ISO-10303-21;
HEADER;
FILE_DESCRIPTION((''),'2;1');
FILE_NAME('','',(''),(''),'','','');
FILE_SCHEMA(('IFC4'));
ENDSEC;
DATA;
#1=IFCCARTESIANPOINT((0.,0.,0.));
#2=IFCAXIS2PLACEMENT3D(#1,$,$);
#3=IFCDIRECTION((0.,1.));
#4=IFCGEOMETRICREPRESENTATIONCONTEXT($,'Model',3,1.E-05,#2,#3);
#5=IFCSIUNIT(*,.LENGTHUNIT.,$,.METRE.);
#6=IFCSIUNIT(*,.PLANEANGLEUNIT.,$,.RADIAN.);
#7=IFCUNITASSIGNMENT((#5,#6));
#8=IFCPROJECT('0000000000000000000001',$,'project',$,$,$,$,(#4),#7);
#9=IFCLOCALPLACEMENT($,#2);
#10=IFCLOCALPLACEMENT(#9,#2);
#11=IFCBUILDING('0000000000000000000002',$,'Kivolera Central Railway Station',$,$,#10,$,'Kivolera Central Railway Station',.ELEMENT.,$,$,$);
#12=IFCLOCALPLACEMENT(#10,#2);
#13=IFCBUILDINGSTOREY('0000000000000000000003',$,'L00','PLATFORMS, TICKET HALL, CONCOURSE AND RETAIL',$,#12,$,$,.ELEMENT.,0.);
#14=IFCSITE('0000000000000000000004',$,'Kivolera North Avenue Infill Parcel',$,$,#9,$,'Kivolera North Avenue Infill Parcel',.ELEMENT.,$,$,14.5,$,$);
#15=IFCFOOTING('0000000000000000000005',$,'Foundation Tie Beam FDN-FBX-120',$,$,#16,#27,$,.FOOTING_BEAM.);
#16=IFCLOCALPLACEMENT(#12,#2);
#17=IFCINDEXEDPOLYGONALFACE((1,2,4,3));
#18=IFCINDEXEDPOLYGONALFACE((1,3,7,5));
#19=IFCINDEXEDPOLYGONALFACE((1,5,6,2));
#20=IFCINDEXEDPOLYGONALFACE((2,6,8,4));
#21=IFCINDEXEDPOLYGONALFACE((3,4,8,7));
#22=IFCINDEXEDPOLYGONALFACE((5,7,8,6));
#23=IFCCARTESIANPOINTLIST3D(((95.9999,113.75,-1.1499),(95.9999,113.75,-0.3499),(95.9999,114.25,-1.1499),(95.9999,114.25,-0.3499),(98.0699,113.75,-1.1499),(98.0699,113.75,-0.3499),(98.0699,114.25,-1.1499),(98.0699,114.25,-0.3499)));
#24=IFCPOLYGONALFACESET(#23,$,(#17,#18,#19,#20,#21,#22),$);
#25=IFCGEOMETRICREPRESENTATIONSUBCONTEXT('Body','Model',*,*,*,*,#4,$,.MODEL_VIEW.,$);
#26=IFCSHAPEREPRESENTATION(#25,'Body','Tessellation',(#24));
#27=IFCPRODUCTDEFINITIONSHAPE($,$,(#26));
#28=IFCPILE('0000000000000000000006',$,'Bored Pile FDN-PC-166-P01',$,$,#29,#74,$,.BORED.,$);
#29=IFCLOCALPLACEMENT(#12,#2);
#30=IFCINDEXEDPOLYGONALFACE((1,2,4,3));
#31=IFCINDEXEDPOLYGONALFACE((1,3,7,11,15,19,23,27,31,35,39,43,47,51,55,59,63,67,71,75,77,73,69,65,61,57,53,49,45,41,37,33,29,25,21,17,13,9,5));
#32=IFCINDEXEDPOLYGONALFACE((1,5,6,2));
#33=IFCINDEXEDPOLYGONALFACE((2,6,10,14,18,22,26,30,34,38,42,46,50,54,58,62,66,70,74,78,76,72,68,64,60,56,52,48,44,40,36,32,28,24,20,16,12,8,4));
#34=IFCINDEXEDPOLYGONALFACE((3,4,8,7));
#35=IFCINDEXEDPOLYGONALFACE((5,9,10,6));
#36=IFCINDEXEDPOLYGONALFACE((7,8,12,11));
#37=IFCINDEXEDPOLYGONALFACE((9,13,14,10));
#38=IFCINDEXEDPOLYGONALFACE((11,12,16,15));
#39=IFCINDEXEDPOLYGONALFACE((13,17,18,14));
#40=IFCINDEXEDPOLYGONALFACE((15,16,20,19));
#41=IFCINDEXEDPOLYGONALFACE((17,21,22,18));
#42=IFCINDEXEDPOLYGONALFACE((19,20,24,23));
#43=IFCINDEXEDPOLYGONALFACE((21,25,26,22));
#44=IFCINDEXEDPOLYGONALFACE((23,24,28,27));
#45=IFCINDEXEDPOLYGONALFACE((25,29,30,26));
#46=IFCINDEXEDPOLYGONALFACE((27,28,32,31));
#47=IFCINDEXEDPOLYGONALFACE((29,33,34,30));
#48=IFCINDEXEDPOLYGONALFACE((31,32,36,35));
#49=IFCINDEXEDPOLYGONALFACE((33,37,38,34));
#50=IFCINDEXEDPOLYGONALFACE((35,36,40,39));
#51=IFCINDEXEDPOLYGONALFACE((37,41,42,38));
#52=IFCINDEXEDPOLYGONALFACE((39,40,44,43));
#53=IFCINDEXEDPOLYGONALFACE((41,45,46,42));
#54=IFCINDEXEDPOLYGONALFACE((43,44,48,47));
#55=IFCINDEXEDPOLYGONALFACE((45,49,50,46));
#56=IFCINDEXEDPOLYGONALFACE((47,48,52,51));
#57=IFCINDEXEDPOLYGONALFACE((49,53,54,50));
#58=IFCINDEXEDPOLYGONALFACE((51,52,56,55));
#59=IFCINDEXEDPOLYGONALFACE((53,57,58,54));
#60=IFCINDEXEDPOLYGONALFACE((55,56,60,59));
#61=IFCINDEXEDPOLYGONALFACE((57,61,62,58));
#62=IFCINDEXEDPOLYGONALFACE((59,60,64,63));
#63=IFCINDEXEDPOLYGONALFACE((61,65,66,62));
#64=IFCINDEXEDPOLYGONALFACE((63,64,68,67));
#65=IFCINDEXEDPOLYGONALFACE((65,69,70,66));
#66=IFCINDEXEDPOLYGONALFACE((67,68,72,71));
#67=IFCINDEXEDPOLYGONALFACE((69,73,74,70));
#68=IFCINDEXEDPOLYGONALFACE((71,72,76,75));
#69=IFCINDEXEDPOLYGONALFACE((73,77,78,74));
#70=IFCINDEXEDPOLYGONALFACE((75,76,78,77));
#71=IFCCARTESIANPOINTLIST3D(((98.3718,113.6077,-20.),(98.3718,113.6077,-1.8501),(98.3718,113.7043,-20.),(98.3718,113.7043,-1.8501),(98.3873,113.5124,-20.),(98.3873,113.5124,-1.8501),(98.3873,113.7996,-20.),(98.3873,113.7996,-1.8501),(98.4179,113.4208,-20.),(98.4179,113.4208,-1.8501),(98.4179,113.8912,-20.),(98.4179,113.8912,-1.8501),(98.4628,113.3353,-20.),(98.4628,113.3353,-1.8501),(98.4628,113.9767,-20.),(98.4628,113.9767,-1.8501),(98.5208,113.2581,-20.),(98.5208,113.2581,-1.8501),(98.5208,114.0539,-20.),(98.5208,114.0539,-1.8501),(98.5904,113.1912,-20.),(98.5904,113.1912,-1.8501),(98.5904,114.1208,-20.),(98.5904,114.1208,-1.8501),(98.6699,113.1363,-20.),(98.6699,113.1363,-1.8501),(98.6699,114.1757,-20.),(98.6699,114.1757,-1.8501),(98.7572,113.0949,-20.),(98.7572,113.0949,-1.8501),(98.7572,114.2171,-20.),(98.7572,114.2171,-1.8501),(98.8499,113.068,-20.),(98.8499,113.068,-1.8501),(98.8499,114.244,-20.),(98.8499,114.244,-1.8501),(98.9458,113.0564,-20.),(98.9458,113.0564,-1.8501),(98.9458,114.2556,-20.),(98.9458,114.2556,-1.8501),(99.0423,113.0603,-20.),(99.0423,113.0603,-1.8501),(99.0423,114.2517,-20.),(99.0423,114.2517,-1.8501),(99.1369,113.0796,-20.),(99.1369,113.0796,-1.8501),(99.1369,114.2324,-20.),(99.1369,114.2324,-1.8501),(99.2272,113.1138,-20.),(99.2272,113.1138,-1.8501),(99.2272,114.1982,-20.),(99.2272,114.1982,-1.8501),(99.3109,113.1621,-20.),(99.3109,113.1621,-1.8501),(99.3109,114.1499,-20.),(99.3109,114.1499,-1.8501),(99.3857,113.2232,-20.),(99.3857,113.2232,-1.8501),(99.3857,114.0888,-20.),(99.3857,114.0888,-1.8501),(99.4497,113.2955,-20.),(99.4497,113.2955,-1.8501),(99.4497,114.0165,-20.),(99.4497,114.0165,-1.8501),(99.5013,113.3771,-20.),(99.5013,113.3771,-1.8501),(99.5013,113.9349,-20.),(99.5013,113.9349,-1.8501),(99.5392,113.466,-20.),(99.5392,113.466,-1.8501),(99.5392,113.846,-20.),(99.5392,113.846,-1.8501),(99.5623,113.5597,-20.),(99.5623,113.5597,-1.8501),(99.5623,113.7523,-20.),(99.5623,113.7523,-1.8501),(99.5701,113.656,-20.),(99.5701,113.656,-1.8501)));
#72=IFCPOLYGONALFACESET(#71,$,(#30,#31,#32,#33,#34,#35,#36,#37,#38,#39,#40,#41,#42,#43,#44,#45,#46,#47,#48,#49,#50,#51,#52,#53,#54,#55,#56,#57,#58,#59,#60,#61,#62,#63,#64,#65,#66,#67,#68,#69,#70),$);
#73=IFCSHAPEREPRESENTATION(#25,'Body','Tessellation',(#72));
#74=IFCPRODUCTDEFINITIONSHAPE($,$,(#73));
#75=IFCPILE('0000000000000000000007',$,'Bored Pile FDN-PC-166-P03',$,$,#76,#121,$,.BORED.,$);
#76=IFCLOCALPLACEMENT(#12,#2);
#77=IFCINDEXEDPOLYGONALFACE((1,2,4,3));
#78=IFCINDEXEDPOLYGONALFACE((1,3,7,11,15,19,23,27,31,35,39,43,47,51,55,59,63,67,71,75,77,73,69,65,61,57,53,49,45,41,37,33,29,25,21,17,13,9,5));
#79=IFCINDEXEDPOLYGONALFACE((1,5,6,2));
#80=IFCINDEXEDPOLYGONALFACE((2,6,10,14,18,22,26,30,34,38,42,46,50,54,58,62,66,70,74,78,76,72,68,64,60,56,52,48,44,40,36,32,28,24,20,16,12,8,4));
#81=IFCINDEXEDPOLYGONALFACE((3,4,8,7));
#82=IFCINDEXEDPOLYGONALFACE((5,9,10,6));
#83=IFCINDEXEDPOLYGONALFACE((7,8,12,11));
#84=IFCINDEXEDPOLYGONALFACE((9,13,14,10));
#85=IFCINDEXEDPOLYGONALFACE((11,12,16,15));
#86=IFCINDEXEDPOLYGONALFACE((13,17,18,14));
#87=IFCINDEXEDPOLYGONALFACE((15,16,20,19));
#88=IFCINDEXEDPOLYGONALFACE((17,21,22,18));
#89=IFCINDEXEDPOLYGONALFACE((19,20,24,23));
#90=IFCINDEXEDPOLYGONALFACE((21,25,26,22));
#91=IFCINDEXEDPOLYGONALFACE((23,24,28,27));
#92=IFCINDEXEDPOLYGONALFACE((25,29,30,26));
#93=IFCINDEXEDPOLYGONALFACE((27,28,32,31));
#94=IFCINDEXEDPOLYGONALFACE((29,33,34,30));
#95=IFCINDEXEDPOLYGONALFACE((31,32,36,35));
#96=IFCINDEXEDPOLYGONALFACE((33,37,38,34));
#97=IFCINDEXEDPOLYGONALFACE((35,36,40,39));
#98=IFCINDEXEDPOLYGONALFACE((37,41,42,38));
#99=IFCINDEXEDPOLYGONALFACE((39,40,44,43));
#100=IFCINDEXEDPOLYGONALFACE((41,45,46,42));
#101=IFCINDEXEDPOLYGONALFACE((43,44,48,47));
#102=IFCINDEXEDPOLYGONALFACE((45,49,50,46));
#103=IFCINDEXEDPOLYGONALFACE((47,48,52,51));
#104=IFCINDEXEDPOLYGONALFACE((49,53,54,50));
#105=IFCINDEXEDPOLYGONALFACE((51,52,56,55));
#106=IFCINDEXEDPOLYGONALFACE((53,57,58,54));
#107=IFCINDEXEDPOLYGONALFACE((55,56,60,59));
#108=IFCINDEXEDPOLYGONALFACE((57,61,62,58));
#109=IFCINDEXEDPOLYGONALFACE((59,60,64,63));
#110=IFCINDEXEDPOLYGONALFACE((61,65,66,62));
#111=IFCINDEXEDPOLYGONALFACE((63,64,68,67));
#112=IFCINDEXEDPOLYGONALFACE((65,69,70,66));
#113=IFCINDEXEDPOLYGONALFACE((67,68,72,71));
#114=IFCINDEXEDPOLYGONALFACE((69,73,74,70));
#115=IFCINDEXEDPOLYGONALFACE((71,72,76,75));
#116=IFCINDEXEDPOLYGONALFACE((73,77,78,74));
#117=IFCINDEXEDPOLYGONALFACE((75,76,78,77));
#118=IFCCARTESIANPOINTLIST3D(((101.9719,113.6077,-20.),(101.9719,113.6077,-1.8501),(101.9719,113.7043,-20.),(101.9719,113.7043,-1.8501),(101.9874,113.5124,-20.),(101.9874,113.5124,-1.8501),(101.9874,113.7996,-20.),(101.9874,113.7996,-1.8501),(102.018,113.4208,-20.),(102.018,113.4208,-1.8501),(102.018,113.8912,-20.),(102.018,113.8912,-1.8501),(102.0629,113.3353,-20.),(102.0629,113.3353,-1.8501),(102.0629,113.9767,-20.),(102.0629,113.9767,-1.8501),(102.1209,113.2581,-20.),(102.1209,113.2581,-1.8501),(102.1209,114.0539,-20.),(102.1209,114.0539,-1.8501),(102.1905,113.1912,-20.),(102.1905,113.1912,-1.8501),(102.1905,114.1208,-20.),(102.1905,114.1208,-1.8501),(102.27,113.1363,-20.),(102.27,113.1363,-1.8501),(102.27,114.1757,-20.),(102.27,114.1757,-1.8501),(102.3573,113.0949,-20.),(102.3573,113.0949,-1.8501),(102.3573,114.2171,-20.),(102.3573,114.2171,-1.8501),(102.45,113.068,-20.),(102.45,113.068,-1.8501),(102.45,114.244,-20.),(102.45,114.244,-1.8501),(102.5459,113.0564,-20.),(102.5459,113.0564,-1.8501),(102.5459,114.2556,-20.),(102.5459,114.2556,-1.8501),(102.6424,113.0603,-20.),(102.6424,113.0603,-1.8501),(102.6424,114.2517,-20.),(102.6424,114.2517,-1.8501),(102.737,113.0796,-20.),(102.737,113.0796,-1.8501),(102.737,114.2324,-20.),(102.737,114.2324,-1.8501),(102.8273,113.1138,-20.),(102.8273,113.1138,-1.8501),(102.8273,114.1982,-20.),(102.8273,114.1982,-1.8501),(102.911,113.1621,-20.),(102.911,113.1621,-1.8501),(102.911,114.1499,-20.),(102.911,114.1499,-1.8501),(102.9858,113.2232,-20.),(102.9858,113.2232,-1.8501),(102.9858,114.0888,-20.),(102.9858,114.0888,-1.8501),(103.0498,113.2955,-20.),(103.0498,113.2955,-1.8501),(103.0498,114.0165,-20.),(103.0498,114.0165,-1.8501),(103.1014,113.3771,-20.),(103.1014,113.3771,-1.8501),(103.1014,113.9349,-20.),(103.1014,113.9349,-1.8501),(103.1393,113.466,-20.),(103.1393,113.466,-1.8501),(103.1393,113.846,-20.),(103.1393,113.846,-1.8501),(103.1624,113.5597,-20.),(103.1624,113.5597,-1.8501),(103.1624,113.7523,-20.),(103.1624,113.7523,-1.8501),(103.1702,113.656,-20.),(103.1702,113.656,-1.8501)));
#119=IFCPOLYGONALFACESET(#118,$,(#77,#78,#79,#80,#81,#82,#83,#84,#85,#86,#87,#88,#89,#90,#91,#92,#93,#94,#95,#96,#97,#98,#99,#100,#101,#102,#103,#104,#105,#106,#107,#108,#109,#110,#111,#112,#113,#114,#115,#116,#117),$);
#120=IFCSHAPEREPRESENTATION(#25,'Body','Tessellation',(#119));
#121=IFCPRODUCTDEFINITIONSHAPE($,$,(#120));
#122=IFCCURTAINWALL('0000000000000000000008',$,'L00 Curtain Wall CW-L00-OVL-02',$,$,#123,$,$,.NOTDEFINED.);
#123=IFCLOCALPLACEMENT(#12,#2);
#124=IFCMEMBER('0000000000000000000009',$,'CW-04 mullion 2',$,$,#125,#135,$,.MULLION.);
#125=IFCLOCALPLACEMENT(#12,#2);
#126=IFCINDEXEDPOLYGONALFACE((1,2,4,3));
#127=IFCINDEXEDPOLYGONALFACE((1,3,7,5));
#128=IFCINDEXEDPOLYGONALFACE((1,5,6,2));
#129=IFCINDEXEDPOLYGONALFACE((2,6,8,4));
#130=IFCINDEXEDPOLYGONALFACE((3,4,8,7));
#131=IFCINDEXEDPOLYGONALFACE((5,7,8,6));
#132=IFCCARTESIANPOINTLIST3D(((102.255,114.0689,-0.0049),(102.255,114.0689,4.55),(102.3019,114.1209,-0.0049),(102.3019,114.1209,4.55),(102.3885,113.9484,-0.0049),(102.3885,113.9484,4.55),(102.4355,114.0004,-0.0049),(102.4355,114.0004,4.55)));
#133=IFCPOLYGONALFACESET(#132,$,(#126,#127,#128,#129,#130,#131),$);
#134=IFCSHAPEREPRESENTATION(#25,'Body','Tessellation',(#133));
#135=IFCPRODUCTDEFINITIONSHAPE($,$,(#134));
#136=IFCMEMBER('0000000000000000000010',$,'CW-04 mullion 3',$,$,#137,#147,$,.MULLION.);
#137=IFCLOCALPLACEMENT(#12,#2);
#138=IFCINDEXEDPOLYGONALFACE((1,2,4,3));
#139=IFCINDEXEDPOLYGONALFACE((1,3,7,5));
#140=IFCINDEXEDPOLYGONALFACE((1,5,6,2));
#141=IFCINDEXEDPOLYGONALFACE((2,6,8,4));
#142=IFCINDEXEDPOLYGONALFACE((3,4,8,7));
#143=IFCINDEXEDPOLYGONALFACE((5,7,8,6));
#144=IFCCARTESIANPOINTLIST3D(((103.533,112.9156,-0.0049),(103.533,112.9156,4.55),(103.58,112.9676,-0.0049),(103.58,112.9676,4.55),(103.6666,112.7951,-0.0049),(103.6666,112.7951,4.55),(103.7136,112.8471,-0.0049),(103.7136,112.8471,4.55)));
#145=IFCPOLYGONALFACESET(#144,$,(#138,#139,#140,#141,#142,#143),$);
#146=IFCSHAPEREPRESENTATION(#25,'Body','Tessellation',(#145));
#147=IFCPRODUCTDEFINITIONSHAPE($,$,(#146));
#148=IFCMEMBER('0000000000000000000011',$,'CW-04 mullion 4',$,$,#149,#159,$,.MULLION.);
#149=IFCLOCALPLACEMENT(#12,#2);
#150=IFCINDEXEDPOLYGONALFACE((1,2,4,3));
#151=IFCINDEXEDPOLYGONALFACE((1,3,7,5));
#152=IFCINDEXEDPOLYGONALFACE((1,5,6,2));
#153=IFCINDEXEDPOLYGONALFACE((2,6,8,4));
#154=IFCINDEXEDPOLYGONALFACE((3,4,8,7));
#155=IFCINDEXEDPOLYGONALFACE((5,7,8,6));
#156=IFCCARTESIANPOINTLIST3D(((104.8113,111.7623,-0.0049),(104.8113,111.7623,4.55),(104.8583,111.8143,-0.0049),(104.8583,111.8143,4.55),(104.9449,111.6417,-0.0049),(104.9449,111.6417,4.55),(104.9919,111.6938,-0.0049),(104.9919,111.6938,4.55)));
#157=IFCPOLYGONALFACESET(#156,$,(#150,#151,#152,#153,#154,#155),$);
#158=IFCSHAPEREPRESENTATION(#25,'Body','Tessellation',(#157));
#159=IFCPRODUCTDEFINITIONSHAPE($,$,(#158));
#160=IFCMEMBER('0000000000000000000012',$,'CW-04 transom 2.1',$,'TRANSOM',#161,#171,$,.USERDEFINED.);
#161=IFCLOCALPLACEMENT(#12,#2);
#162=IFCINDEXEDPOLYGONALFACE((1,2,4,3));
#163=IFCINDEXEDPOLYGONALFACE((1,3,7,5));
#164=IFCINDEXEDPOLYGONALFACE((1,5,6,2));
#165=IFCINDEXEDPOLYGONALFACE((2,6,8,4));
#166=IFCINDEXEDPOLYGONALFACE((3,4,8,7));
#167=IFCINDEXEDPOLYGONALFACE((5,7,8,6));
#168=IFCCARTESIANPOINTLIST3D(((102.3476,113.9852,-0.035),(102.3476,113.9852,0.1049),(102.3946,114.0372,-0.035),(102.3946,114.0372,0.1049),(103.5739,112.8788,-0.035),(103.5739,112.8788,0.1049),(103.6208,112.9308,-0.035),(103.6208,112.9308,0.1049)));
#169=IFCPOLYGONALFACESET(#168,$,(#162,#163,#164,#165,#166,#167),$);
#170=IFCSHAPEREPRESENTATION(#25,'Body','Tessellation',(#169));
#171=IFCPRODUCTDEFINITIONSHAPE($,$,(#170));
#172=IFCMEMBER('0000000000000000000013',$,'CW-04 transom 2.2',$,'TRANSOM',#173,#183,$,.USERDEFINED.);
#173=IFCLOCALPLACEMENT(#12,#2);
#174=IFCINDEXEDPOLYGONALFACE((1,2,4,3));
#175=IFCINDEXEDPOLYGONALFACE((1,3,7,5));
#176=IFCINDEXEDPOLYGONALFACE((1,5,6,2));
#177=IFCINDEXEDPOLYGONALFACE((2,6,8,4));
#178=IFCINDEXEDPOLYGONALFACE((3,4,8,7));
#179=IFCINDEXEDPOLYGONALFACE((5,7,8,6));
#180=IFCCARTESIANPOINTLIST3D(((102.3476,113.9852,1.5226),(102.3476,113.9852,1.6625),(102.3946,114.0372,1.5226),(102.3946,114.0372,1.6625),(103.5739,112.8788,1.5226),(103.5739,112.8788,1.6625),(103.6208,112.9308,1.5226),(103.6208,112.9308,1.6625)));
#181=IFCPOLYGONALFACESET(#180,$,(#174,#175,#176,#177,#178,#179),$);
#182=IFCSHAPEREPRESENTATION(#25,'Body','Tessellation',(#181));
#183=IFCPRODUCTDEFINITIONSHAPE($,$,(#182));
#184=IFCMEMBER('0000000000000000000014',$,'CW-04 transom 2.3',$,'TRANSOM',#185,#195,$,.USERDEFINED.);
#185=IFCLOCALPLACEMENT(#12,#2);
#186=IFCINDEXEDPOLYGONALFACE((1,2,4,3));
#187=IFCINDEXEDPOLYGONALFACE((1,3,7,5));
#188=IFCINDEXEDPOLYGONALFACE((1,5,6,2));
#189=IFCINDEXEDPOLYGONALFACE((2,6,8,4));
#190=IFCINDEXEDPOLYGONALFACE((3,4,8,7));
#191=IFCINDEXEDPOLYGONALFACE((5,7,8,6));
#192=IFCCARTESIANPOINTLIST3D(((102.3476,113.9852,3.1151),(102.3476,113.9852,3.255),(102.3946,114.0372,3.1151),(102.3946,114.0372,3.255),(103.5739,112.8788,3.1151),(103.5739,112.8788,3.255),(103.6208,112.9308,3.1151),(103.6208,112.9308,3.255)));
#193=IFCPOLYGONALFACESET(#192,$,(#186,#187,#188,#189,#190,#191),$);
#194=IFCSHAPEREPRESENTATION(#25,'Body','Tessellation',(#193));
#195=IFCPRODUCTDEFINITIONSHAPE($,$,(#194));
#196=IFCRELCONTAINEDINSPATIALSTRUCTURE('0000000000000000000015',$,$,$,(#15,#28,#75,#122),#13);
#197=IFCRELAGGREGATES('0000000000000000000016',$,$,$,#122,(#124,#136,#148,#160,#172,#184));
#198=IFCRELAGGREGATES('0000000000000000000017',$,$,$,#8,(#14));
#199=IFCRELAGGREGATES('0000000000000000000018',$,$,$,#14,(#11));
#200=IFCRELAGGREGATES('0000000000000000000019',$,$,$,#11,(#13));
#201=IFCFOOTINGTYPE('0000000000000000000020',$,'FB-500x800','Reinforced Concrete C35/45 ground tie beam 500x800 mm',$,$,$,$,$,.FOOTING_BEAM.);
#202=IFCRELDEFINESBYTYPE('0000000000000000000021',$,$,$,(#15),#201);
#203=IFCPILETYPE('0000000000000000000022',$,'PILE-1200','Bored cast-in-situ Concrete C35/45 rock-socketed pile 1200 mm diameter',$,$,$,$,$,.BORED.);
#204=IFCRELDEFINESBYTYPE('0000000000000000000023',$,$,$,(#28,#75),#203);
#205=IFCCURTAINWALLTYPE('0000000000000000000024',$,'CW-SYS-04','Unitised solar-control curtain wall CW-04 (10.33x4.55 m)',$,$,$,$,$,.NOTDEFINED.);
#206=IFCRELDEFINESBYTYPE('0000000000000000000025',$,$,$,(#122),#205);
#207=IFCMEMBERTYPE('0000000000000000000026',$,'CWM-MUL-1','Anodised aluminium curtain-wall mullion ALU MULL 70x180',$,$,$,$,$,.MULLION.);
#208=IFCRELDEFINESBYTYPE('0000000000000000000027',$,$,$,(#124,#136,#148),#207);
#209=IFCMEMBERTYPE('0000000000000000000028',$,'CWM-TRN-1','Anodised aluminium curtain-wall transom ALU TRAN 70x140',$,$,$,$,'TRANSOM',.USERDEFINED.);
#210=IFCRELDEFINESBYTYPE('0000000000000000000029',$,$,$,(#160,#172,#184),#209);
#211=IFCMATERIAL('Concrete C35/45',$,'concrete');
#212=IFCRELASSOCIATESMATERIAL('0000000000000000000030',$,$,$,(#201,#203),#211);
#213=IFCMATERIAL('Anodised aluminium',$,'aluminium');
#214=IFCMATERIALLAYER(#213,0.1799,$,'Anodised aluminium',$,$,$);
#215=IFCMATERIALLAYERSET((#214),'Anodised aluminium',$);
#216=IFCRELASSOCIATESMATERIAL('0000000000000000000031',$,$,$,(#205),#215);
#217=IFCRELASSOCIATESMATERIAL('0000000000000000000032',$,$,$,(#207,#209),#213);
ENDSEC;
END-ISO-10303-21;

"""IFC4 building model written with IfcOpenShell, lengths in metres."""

from ifc_helpers import new_model, si_unit, direction, frame, origin, origin_2d, place, context, subcontext, project, spatial, rectangle, circle, extrude, material, layer, layer_set, material_profile, profile_set, type_object, element, aggregate, save


model = new_model("IFC4")

# Units and contexts
model_context = context("Model", 3, precision=1e-05, world=origin(), true_north=direction((0.0, 1.0)))
body_context = subcontext(model_context, "Body", "Model", "MODEL_VIEW")
ifc_project = project(units=[si_unit("LENGTHUNIT", "METRE"), si_unit("PLANEANGLEUNIT", "RADIAN")], contexts=[model_context])

# Site, building, storey
site_placement = place(None, origin())
site = spatial("IfcSite", under=ifc_project, at=site_placement, Name="Kivolera North Avenue Infill Parcel", LongName="Kivolera North Avenue Infill Parcel", CompositionType="ELEMENT", RefElevation=14.5)
building_placement = place(site_placement, origin())
building = spatial("IfcBuilding", under=site, at=building_placement, Name="Kivolera Central Railway Station", LongName="Kivolera Central Railway Station", CompositionType="ELEMENT")
storey_placement = place(building_placement, origin())
storey = spatial("IfcBuildingStorey", under=building, at=storey_placement, Name="L00", Description="PLATFORMS, TICKET HALL, CONCOURSE AND RETAIL", CompositionType="ELEMENT", Elevation=0.0)

# Footing
ifc_material_1 = material(Name="Concrete C35/45", Category="concrete")
footing_type = type_object("IfcFootingType", Name="FB-500x800", Description="Reinforced Concrete C35/45 ground tie beam 500x800 mm", PredefinedType="FOOTING_BEAM", material=ifc_material_1)
footing_placement = place(storey_placement, frame((97.0349, 114.0, -1.1499), z_axis=(0.0, 0.0, 1.0), x_axis=(1.0, 0.0, 0.0)))
element("IfcFooting", 1, at=footing_placement, inside=storey, type_object=footing_type, Name="Foundation Tie Beam FDN-FBX-120", PredefinedType="FOOTING_BEAM", context=body_context, shape_type="SweptSolid", body=[
    extrude(rectangle(XDim=2.0701, YDim=0.5, at=origin_2d()), origin(), (0.0, 0.0, 1.0), 0.8),
])

# Piles
ifc_material_profile_1 = material_profile(ifc_material_1, circle(Radius=0.6001, at=origin_2d()), Name="PILE D1200")
ifc_profile_set_1 = profile_set([ifc_material_profile_1], Name="Concrete C35/45")
pile_type = type_object("IfcPileType", Name="PILE-1200", Description="Bored cast-in-situ Concrete C35/45 rock-socketed pile 1200 mm diameter", PredefinedType="BORED", material=ifc_profile_set_1)
for number, where, z_axis, x_axis, name in (
    (2, (98.97, 113.656, -1.8501), (0.0, 0.0, -1.0), (1.0, 0.0, 0.0), "Bored Pile FDN-PC-166-P01"),
    (3, (102.5701, 113.656, -1.8501), (0.0, 0.0, -1.0), (1.0, 0.0, 0.0), "Bored Pile FDN-PC-166-P03"),
):
    element("IfcPile", number, at=place(storey_placement, frame(where, z_axis=z_axis, x_axis=x_axis)), inside=storey, type_object=pile_type, Name=name, PredefinedType="BORED", context=body_context, shape_type="SweptSolid", body=[
        extrude(circle(Radius=0.6001, at=origin_2d()), origin(), (0.0, 0.0, 1.0), 18.1499),
    ])

# Curtain wall, members
ifc_material_2 = material(Name="Anodised aluminium", Category="aluminium")
ifc_layer_1 = layer(ifc_material_2, 0.1799, Name="Anodised aluminium")
ifc_layer_set_1 = layer_set([ifc_layer_1], Name="Anodised aluminium")
curtain_wall_type = type_object("IfcCurtainWallType", Name="CW-SYS-04", Description="Unitised solar-control curtain wall CW-04 (10.33x4.55 m)", PredefinedType="NOTDEFINED", material=ifc_layer_set_1)
curtain_wall_placement = place(storey_placement, origin())
curtain_wall = element("IfcCurtainWall", 4, at=curtain_wall_placement, inside=storey, type_object=curtain_wall_type, Name="L00 Curtain Wall CW-L00-OVL-02", PredefinedType="NOTDEFINED")
ifc_material_profile_2 = material_profile(ifc_material_2, rectangle(XDim=0.0701, YDim=0.1799, at=origin_2d()), Name="ALU MULL 70x180")
ifc_profile_set_2 = profile_set([ifc_material_profile_2], Name="Anodised aluminium")
member_type_1 = type_object("IfcMemberType", Name="CWM-MUL-1", Description="Anodised aluminium curtain-wall mullion ALU MULL 70x180", PredefinedType="MULLION", material=ifc_profile_set_2)
member_1_placement = place(storey_placement, frame((102.3452, 114.0347, -0.0049), z_axis=(0.0, 0.0, 1.0), x_axis=(0.669922, 0.742432, 0.0)))
member_1 = element("IfcMember", 5, at=member_1_placement, type_object=member_type_1, Name="CW-04 mullion 2", PredefinedType="MULLION", context=body_context, shape_type="SweptSolid", body=[
    extrude(rectangle(XDim=0.0701, YDim=0.1799, at=origin_2d()), origin(), (0.0, 0.0, 1.0), 4.5549),
])
member_2_placement = place(storey_placement, frame((103.6233, 112.8813, -0.0049), z_axis=(0.0, 0.0, 1.0), x_axis=(0.669922, 0.742432, 0.0)))
member_2 = element("IfcMember", 6, at=member_2_placement, type_object=member_type_1, Name="CW-04 mullion 3", PredefinedType="MULLION", context=body_context, shape_type="SweptSolid", body=[
    extrude(rectangle(XDim=0.0701, YDim=0.1799, at=origin_2d()), origin(), (0.0, 0.0, 1.0), 4.5549),
])
member_3_placement = place(storey_placement, frame((104.9016, 111.728, -0.0049), z_axis=(0.0, 0.0, 1.0), x_axis=(0.669922, 0.742432, 0.0)))
member_3 = element("IfcMember", 7, at=member_3_placement, type_object=member_type_1, Name="CW-04 mullion 4", PredefinedType="MULLION", context=body_context, shape_type="SweptSolid", body=[
    extrude(rectangle(XDim=0.0701, YDim=0.1799, at=origin_2d()), origin(), (0.0, 0.0, 1.0), 4.5549),
])
ifc_material_profile_3 = material_profile(ifc_material_2, rectangle(XDim=0.0701, YDim=0.1399, at=origin_2d()), Name="ALU TRAN 70x140")
ifc_profile_set_3 = profile_set([ifc_material_profile_3], Name="Anodised aluminium")
member_type_2 = type_object("IfcMemberType", Name="CWM-TRN-1", Description="Anodised aluminium curtain-wall transom ALU TRAN 70x140", ElementType="TRANSOM", PredefinedType="USERDEFINED", material=ifc_profile_set_3)
member_4_placement = place(storey_placement, frame((102.3711, 114.0112, 0.0349), z_axis=(0.742463, -0.669887, 0.0), x_axis=(0.669887, 0.742463, 0.0)))
member_4 = element("IfcMember", 8, at=member_4_placement, type_object=member_type_2, Name="CW-04 transom 2.1", ObjectType="TRANSOM", PredefinedType="USERDEFINED", context=body_context, shape_type="SweptSolid", body=[
    extrude(rectangle(XDim=0.0701, YDim=0.1399, at=origin_2d()), origin(), (0.0, 0.0, 1.0), 1.6516),
])
member_5_placement = place(storey_placement, frame((102.3711, 114.0112, 1.5925), z_axis=(0.742463, -0.669887, 0.0), x_axis=(0.669887, 0.742463, 0.0)))
member_5 = element("IfcMember", 9, at=member_5_placement, type_object=member_type_2, Name="CW-04 transom 2.2", ObjectType="TRANSOM", PredefinedType="USERDEFINED", context=body_context, shape_type="SweptSolid", body=[
    extrude(rectangle(XDim=0.0701, YDim=0.1399, at=origin_2d()), origin(), (0.0, 0.0, 1.0), 1.6516),
])
member_6_placement = place(storey_placement, frame((102.3711, 114.0112, 3.1851), z_axis=(0.742463, -0.669887, 0.0), x_axis=(0.669887, 0.742463, 0.0)))
member_6 = element("IfcMember", 10, at=member_6_placement, type_object=member_type_2, Name="CW-04 transom 2.3", ObjectType="TRANSOM", PredefinedType="USERDEFINED", context=body_context, shape_type="SweptSolid", body=[
    extrude(rectangle(XDim=0.0701, YDim=0.1399, at=origin_2d()), origin(), (0.0, 0.0, 1.0), 1.6516),
])
aggregate(curtain_wall, [member_1, member_2, member_3, member_4, member_5, member_6])

save(model, "model.ifc")
